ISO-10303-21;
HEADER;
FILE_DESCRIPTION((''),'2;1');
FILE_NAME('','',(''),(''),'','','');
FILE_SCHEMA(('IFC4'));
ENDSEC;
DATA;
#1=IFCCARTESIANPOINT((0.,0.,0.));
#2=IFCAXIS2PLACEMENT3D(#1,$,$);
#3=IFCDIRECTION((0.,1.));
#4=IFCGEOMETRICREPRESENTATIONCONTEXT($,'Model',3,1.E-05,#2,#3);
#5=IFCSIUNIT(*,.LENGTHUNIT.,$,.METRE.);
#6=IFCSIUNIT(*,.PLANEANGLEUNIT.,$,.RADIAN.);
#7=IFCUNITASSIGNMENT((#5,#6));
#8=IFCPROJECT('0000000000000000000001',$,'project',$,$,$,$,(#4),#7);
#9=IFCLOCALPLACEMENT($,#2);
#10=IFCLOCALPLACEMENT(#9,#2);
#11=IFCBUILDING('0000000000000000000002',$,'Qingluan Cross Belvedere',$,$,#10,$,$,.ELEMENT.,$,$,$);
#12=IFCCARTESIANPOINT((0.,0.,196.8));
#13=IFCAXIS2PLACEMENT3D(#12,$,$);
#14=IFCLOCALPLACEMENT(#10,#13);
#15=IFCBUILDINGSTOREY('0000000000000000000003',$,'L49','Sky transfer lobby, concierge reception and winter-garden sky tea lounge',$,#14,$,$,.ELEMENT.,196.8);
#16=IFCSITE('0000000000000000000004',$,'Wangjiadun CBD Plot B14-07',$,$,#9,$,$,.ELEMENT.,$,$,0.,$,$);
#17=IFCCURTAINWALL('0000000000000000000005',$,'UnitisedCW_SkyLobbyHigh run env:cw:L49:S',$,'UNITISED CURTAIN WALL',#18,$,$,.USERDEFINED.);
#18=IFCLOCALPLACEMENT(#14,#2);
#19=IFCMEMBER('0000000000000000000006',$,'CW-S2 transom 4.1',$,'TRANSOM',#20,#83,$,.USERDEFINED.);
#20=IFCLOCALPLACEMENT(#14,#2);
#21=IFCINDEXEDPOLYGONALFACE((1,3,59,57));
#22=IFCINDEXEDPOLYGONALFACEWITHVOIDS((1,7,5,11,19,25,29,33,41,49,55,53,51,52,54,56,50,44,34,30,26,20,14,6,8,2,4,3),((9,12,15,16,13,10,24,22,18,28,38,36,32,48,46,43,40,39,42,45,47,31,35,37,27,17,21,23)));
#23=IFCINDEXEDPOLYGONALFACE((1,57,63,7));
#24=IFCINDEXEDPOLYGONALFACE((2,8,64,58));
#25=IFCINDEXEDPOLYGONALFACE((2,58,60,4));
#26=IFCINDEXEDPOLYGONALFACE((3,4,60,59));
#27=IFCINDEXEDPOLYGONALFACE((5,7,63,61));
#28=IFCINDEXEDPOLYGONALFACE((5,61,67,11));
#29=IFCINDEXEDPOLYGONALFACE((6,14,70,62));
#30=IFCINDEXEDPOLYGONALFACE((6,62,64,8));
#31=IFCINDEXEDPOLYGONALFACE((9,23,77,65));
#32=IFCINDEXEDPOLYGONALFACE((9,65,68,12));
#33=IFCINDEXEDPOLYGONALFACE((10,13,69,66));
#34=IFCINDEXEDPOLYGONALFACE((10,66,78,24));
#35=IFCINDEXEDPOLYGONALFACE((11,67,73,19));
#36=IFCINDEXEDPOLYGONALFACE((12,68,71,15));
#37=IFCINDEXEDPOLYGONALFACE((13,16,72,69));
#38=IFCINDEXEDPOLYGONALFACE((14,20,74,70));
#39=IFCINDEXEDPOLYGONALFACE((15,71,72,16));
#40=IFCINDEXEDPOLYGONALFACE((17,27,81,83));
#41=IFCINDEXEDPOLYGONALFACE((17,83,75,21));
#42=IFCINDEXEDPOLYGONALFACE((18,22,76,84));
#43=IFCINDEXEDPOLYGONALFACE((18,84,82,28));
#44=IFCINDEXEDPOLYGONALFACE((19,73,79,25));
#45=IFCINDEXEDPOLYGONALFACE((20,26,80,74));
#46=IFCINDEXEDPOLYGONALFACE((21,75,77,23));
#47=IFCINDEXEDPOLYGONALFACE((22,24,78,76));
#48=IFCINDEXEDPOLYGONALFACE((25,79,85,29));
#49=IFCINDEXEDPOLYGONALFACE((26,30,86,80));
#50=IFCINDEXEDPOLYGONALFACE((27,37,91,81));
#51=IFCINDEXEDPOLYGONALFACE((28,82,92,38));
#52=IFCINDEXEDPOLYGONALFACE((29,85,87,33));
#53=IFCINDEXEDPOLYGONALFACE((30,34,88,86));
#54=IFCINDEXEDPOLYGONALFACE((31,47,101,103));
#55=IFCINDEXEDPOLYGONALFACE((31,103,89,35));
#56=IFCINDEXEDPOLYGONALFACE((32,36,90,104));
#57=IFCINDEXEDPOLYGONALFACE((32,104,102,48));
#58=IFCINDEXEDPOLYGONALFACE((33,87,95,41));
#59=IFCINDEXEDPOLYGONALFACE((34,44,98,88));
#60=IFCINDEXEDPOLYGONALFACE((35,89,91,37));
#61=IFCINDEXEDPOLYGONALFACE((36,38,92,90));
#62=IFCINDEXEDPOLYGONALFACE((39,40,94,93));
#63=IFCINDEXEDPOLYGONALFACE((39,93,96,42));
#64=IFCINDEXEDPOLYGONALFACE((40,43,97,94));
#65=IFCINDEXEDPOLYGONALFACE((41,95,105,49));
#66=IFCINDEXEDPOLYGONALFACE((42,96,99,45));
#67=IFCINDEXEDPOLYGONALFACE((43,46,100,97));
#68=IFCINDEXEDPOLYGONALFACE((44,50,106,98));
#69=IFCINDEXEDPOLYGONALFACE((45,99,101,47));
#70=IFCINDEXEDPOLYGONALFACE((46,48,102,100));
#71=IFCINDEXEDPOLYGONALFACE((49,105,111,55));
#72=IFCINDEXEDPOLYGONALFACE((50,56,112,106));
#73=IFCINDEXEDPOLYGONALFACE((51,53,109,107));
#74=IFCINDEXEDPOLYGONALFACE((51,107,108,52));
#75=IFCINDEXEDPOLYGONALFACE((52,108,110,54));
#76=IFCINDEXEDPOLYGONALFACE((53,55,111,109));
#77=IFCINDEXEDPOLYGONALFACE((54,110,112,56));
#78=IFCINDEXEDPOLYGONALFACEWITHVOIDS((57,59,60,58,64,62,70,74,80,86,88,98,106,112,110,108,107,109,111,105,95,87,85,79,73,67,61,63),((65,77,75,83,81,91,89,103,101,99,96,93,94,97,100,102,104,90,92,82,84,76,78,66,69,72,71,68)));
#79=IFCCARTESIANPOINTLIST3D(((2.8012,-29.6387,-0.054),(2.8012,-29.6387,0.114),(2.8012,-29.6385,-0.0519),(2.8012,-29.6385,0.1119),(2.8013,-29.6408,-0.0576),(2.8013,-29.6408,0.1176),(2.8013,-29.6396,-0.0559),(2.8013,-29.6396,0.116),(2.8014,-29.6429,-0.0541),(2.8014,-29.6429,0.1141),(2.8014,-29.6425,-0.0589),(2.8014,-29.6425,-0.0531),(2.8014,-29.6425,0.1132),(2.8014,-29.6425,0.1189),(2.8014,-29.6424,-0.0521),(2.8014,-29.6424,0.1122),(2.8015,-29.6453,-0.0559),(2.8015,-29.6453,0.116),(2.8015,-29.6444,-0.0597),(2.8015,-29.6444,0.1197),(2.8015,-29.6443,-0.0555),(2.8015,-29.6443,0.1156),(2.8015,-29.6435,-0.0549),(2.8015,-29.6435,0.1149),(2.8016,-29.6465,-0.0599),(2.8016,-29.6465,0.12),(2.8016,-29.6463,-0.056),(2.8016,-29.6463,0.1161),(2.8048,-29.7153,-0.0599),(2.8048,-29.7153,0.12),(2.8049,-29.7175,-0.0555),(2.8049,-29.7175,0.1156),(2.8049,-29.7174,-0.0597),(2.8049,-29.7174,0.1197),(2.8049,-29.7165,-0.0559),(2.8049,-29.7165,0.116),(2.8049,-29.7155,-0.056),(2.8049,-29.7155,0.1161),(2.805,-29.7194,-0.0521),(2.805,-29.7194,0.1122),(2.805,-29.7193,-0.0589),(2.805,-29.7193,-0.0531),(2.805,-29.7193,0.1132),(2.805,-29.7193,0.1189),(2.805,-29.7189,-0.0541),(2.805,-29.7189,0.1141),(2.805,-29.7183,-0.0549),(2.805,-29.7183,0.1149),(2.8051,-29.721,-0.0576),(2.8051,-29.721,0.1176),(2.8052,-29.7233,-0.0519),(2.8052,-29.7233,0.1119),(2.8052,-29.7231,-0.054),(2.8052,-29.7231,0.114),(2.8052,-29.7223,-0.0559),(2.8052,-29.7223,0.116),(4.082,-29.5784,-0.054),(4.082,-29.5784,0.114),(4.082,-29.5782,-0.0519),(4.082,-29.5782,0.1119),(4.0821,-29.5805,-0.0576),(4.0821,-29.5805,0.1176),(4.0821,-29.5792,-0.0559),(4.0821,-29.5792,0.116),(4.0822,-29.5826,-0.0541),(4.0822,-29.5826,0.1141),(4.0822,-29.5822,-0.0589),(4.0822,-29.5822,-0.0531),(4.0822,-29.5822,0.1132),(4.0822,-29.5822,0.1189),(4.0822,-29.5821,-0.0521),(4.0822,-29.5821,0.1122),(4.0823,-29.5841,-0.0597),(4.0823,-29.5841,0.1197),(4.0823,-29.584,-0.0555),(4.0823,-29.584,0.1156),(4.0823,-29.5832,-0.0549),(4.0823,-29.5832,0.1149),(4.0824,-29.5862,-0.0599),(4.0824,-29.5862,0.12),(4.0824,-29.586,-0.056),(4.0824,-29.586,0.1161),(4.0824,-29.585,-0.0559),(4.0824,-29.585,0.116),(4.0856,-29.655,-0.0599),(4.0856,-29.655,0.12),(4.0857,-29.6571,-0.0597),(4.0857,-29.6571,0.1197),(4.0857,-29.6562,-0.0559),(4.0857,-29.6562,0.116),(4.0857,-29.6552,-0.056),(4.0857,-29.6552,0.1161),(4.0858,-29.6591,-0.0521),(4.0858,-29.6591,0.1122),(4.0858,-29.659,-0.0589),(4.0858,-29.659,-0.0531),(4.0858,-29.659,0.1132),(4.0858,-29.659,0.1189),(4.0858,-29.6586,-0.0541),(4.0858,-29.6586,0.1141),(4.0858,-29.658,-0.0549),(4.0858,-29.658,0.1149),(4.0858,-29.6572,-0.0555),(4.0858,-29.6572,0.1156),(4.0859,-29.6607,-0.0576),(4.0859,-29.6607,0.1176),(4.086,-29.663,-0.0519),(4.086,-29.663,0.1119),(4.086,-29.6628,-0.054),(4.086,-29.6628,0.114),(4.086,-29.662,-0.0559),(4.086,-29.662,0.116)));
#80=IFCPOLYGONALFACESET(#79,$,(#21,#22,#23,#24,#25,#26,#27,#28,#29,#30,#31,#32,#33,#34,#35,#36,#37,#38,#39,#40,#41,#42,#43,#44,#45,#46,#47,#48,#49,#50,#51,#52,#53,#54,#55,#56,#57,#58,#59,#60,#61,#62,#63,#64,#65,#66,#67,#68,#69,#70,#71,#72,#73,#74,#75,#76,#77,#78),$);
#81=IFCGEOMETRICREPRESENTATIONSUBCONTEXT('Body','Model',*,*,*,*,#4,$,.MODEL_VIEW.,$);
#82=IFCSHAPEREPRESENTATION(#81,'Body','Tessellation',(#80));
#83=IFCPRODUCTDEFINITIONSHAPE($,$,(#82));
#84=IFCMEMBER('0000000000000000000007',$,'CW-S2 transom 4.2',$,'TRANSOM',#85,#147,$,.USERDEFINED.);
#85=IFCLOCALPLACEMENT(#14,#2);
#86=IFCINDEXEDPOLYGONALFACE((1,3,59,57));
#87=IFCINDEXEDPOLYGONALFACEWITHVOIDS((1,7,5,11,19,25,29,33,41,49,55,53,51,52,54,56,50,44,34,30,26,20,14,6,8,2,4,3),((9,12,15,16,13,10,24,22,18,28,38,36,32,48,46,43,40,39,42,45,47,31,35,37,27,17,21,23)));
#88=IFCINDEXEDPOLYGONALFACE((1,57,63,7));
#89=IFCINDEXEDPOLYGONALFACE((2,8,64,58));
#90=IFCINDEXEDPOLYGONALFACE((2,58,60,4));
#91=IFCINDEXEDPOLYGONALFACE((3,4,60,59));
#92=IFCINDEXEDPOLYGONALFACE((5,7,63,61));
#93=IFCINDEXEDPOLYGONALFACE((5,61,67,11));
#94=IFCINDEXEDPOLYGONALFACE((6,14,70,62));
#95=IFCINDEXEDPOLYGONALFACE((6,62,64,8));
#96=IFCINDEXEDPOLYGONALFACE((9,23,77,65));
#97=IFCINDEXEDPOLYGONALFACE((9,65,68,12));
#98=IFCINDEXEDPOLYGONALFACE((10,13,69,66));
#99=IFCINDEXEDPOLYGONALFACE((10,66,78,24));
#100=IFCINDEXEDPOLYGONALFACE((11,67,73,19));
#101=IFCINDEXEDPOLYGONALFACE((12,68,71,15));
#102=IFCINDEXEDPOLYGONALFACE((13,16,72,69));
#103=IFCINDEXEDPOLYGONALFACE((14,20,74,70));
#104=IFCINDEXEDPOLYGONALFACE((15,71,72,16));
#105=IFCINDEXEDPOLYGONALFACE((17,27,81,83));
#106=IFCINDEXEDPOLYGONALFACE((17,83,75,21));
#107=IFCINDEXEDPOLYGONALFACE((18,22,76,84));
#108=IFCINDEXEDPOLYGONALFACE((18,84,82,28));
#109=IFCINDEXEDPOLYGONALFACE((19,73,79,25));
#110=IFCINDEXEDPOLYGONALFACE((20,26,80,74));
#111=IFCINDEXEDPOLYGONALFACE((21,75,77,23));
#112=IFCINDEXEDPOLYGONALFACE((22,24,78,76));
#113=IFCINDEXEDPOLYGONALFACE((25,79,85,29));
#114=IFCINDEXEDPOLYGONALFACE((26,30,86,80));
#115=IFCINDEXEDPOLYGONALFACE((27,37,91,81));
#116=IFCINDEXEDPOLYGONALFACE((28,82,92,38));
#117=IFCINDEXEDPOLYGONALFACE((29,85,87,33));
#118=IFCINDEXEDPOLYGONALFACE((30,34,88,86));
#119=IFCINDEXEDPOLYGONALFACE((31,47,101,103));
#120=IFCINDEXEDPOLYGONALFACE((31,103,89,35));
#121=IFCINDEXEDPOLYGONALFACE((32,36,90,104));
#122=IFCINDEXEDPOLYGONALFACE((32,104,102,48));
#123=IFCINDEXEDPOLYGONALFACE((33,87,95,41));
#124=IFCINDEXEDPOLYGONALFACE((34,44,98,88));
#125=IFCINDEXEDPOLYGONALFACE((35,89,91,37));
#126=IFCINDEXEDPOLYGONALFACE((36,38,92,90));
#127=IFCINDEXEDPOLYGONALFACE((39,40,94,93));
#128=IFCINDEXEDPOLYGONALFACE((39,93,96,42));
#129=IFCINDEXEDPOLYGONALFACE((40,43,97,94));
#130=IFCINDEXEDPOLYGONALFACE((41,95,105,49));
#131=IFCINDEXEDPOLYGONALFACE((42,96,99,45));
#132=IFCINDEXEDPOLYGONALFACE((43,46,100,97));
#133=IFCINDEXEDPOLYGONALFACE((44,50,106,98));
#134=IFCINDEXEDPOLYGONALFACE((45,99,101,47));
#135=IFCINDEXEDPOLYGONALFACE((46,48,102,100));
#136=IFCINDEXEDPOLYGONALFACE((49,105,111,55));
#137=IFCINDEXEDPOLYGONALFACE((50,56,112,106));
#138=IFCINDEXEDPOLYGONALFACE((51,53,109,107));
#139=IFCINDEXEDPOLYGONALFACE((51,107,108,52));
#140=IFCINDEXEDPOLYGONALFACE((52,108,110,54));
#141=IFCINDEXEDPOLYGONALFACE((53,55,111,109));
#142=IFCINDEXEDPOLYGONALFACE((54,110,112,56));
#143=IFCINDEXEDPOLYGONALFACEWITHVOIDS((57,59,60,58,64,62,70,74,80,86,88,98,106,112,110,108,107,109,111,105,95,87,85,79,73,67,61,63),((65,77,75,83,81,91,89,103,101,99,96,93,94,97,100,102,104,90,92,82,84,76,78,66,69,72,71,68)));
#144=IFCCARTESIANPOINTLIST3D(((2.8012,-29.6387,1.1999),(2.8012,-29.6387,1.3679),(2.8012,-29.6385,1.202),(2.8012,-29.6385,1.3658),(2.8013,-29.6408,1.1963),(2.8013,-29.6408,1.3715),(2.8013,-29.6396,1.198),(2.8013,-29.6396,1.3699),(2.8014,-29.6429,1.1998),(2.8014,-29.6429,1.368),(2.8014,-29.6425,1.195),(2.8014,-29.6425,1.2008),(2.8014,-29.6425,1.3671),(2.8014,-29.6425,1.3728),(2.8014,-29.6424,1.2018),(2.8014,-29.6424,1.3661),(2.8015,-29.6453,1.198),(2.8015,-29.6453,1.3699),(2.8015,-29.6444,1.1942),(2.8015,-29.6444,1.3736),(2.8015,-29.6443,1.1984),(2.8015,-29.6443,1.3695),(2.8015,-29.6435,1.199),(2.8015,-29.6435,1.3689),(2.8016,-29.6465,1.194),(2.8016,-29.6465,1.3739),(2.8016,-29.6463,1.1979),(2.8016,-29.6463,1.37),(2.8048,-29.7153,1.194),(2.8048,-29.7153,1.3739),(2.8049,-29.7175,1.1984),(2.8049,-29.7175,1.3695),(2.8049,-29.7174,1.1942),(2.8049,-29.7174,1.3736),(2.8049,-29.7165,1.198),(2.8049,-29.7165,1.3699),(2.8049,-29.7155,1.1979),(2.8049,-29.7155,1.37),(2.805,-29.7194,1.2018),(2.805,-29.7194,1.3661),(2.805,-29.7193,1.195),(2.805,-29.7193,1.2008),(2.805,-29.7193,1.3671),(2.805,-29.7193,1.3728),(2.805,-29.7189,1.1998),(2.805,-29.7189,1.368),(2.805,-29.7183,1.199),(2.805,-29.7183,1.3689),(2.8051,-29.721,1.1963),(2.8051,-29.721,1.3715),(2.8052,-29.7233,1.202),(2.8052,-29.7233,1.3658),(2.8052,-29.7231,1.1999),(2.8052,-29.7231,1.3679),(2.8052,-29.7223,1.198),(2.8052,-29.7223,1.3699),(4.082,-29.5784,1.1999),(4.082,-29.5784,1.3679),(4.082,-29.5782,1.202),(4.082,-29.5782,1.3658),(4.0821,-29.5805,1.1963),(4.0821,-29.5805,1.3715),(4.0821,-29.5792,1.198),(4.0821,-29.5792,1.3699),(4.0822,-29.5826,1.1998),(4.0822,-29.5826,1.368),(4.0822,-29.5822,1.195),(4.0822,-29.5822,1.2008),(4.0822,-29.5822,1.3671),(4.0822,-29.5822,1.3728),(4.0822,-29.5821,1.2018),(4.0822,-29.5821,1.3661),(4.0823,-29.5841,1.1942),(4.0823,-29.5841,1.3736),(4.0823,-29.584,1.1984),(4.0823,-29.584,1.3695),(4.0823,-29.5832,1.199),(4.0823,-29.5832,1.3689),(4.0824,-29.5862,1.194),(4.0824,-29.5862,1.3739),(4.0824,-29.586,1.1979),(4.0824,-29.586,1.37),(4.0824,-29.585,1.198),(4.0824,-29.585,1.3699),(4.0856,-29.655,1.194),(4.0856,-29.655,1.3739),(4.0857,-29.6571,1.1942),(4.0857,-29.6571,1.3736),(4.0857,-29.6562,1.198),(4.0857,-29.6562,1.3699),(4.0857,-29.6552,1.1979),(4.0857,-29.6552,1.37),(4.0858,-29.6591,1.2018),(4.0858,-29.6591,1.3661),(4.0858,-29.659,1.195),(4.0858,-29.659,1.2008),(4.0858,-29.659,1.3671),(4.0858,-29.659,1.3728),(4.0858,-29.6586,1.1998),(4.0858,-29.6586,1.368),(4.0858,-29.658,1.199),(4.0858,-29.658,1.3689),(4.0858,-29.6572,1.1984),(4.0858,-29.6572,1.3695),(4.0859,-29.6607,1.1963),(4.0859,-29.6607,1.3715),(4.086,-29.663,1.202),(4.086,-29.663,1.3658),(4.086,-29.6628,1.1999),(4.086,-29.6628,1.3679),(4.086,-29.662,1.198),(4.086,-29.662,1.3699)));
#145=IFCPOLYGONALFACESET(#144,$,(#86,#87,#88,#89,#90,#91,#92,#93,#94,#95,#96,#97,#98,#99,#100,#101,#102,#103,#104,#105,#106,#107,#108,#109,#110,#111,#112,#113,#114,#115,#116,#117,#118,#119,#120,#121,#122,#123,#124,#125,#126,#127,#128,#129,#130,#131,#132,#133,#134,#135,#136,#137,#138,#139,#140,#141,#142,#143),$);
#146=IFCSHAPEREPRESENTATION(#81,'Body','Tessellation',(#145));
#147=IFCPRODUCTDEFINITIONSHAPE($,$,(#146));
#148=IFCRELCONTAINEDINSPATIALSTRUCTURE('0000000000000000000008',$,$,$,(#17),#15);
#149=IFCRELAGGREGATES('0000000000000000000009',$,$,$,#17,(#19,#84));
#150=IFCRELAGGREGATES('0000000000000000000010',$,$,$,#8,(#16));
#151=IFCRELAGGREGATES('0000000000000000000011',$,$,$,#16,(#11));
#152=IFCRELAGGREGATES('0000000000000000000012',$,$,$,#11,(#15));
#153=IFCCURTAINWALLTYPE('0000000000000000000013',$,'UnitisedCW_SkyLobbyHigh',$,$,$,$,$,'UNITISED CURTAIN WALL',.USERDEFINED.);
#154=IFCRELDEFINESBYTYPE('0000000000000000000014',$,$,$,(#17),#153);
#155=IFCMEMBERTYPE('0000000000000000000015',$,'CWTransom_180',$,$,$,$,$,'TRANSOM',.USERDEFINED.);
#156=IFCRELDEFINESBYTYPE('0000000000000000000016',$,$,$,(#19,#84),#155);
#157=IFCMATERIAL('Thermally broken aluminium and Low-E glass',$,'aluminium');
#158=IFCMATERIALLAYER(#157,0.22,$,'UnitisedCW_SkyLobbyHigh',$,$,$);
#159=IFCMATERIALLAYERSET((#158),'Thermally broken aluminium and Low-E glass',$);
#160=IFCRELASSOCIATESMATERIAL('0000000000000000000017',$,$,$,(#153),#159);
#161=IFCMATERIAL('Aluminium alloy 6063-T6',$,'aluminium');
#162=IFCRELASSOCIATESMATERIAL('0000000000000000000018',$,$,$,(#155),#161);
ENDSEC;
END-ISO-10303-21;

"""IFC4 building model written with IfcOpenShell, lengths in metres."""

from ifc_helpers import new_model, si_unit, direction, frame, origin, origin_2d, place, context, subcontext, project, spatial, hollow_rectangle, extrude, material, layer, layer_set, material_profile, profile_set, type_object, element, aggregate, save


model = new_model("IFC4")

# Units and contexts
model_context = context("Model", 3, precision=1e-05, world=origin(), true_north=direction((0.0, 1.0)))
body_context = subcontext(model_context, "Body", "Model", "MODEL_VIEW")
ifc_project = project(units=[si_unit("LENGTHUNIT", "METRE"), si_unit("PLANEANGLEUNIT", "RADIAN")], contexts=[model_context])

# Site, building, storey
site_placement = place(None, origin())
site = spatial("IfcSite", under=ifc_project, at=site_placement, Name="Wangjiadun CBD Plot B14-07", CompositionType="ELEMENT", RefElevation=0.0)
building_placement = place(site_placement, origin())
building = spatial("IfcBuilding", under=site, at=building_placement, Name="Qingluan Cross Belvedere", CompositionType="ELEMENT")
storey_placement = place(building_placement, frame((0.0, 0.0, 196.8)))
storey = spatial("IfcBuildingStorey", under=building, at=storey_placement, Name="L49", Description="Sky transfer lobby, concierge reception and winter-garden sky tea lounge", CompositionType="ELEMENT", Elevation=196.8)

# Curtain wall, members
ifc_material_1 = material(Name="Thermally broken aluminium and Low-E glass", Category="aluminium")
ifc_layer_1 = layer(ifc_material_1, 0.22, Name="UnitisedCW_SkyLobbyHigh")
ifc_layer_set_1 = layer_set([ifc_layer_1], Name="Thermally broken aluminium and Low-E glass")
curtain_wall_type = type_object("IfcCurtainWallType", Name="UnitisedCW_SkyLobbyHigh", ElementType="UNITISED CURTAIN WALL", PredefinedType="USERDEFINED", material=ifc_layer_set_1)
curtain_wall_placement = place(storey_placement, origin())
curtain_wall = element("IfcCurtainWall", 1, at=curtain_wall_placement, inside=storey, type_object=curtain_wall_type, Name="UnitisedCW_SkyLobbyHigh run env:cw:L49:S", ObjectType="UNITISED CURTAIN WALL", PredefinedType="USERDEFINED")
ifc_material_2 = material(Name="Aluminium alloy 6063-T6", Category="aluminium")
ifc_material_profile_1 = material_profile(ifc_material_2, hollow_rectangle(XDim=0.085, YDim=0.1799, WallThickness=0.0039, InnerFilletRadius=0.0039, OuterFilletRadius=0.0081, at=origin_2d()), Name="CWT180x85x4")
ifc_profile_set_1 = profile_set([ifc_material_profile_1], Name="Aluminium alloy 6063-T6")
member_type_1 = type_object("IfcMemberType", Name="CWTransom_180", ElementType="TRANSOM", PredefinedType="USERDEFINED", material=ifc_profile_set_1)
member_1_placement = place(storey_placement, frame((2.8032, -29.6809, 0.03), z_axis=(0.998893, 0.047031, 0.0), x_axis=(-0.047031, 0.998893, 0.0)))
member_1 = element("IfcMember", 2, at=member_1_placement, type_object=member_type_1, Name="CW-S2 transom 4.1", ObjectType="TRANSOM", PredefinedType="USERDEFINED", context=body_context, shape_type="SweptSolid", body=[
    extrude(hollow_rectangle(XDim=0.085, YDim=0.1799, WallThickness=0.0039, InnerFilletRadius=0.0039, OuterFilletRadius=0.0081, at=origin_2d()), origin(), (0.0, 0.0, 1.0), 1.2822),
])
member_2_placement = place(storey_placement, frame((2.8032, -29.6809, 1.2839), z_axis=(0.998893, 0.047031, 0.0), x_axis=(-0.047031, 0.998893, 0.0)))
member_2 = element("IfcMember", 3, at=member_2_placement, type_object=member_type_1, Name="CW-S2 transom 4.2", ObjectType="TRANSOM", PredefinedType="USERDEFINED", context=body_context, shape_type="SweptSolid", body=[
    extrude(hollow_rectangle(XDim=0.085, YDim=0.1799, WallThickness=0.0039, InnerFilletRadius=0.0039, OuterFilletRadius=0.0081, at=origin_2d()), origin(), (0.0, 0.0, 1.0), 1.2822),
])
aggregate(curtain_wall, [member_1, member_2])

save(model, "model.ifc")
